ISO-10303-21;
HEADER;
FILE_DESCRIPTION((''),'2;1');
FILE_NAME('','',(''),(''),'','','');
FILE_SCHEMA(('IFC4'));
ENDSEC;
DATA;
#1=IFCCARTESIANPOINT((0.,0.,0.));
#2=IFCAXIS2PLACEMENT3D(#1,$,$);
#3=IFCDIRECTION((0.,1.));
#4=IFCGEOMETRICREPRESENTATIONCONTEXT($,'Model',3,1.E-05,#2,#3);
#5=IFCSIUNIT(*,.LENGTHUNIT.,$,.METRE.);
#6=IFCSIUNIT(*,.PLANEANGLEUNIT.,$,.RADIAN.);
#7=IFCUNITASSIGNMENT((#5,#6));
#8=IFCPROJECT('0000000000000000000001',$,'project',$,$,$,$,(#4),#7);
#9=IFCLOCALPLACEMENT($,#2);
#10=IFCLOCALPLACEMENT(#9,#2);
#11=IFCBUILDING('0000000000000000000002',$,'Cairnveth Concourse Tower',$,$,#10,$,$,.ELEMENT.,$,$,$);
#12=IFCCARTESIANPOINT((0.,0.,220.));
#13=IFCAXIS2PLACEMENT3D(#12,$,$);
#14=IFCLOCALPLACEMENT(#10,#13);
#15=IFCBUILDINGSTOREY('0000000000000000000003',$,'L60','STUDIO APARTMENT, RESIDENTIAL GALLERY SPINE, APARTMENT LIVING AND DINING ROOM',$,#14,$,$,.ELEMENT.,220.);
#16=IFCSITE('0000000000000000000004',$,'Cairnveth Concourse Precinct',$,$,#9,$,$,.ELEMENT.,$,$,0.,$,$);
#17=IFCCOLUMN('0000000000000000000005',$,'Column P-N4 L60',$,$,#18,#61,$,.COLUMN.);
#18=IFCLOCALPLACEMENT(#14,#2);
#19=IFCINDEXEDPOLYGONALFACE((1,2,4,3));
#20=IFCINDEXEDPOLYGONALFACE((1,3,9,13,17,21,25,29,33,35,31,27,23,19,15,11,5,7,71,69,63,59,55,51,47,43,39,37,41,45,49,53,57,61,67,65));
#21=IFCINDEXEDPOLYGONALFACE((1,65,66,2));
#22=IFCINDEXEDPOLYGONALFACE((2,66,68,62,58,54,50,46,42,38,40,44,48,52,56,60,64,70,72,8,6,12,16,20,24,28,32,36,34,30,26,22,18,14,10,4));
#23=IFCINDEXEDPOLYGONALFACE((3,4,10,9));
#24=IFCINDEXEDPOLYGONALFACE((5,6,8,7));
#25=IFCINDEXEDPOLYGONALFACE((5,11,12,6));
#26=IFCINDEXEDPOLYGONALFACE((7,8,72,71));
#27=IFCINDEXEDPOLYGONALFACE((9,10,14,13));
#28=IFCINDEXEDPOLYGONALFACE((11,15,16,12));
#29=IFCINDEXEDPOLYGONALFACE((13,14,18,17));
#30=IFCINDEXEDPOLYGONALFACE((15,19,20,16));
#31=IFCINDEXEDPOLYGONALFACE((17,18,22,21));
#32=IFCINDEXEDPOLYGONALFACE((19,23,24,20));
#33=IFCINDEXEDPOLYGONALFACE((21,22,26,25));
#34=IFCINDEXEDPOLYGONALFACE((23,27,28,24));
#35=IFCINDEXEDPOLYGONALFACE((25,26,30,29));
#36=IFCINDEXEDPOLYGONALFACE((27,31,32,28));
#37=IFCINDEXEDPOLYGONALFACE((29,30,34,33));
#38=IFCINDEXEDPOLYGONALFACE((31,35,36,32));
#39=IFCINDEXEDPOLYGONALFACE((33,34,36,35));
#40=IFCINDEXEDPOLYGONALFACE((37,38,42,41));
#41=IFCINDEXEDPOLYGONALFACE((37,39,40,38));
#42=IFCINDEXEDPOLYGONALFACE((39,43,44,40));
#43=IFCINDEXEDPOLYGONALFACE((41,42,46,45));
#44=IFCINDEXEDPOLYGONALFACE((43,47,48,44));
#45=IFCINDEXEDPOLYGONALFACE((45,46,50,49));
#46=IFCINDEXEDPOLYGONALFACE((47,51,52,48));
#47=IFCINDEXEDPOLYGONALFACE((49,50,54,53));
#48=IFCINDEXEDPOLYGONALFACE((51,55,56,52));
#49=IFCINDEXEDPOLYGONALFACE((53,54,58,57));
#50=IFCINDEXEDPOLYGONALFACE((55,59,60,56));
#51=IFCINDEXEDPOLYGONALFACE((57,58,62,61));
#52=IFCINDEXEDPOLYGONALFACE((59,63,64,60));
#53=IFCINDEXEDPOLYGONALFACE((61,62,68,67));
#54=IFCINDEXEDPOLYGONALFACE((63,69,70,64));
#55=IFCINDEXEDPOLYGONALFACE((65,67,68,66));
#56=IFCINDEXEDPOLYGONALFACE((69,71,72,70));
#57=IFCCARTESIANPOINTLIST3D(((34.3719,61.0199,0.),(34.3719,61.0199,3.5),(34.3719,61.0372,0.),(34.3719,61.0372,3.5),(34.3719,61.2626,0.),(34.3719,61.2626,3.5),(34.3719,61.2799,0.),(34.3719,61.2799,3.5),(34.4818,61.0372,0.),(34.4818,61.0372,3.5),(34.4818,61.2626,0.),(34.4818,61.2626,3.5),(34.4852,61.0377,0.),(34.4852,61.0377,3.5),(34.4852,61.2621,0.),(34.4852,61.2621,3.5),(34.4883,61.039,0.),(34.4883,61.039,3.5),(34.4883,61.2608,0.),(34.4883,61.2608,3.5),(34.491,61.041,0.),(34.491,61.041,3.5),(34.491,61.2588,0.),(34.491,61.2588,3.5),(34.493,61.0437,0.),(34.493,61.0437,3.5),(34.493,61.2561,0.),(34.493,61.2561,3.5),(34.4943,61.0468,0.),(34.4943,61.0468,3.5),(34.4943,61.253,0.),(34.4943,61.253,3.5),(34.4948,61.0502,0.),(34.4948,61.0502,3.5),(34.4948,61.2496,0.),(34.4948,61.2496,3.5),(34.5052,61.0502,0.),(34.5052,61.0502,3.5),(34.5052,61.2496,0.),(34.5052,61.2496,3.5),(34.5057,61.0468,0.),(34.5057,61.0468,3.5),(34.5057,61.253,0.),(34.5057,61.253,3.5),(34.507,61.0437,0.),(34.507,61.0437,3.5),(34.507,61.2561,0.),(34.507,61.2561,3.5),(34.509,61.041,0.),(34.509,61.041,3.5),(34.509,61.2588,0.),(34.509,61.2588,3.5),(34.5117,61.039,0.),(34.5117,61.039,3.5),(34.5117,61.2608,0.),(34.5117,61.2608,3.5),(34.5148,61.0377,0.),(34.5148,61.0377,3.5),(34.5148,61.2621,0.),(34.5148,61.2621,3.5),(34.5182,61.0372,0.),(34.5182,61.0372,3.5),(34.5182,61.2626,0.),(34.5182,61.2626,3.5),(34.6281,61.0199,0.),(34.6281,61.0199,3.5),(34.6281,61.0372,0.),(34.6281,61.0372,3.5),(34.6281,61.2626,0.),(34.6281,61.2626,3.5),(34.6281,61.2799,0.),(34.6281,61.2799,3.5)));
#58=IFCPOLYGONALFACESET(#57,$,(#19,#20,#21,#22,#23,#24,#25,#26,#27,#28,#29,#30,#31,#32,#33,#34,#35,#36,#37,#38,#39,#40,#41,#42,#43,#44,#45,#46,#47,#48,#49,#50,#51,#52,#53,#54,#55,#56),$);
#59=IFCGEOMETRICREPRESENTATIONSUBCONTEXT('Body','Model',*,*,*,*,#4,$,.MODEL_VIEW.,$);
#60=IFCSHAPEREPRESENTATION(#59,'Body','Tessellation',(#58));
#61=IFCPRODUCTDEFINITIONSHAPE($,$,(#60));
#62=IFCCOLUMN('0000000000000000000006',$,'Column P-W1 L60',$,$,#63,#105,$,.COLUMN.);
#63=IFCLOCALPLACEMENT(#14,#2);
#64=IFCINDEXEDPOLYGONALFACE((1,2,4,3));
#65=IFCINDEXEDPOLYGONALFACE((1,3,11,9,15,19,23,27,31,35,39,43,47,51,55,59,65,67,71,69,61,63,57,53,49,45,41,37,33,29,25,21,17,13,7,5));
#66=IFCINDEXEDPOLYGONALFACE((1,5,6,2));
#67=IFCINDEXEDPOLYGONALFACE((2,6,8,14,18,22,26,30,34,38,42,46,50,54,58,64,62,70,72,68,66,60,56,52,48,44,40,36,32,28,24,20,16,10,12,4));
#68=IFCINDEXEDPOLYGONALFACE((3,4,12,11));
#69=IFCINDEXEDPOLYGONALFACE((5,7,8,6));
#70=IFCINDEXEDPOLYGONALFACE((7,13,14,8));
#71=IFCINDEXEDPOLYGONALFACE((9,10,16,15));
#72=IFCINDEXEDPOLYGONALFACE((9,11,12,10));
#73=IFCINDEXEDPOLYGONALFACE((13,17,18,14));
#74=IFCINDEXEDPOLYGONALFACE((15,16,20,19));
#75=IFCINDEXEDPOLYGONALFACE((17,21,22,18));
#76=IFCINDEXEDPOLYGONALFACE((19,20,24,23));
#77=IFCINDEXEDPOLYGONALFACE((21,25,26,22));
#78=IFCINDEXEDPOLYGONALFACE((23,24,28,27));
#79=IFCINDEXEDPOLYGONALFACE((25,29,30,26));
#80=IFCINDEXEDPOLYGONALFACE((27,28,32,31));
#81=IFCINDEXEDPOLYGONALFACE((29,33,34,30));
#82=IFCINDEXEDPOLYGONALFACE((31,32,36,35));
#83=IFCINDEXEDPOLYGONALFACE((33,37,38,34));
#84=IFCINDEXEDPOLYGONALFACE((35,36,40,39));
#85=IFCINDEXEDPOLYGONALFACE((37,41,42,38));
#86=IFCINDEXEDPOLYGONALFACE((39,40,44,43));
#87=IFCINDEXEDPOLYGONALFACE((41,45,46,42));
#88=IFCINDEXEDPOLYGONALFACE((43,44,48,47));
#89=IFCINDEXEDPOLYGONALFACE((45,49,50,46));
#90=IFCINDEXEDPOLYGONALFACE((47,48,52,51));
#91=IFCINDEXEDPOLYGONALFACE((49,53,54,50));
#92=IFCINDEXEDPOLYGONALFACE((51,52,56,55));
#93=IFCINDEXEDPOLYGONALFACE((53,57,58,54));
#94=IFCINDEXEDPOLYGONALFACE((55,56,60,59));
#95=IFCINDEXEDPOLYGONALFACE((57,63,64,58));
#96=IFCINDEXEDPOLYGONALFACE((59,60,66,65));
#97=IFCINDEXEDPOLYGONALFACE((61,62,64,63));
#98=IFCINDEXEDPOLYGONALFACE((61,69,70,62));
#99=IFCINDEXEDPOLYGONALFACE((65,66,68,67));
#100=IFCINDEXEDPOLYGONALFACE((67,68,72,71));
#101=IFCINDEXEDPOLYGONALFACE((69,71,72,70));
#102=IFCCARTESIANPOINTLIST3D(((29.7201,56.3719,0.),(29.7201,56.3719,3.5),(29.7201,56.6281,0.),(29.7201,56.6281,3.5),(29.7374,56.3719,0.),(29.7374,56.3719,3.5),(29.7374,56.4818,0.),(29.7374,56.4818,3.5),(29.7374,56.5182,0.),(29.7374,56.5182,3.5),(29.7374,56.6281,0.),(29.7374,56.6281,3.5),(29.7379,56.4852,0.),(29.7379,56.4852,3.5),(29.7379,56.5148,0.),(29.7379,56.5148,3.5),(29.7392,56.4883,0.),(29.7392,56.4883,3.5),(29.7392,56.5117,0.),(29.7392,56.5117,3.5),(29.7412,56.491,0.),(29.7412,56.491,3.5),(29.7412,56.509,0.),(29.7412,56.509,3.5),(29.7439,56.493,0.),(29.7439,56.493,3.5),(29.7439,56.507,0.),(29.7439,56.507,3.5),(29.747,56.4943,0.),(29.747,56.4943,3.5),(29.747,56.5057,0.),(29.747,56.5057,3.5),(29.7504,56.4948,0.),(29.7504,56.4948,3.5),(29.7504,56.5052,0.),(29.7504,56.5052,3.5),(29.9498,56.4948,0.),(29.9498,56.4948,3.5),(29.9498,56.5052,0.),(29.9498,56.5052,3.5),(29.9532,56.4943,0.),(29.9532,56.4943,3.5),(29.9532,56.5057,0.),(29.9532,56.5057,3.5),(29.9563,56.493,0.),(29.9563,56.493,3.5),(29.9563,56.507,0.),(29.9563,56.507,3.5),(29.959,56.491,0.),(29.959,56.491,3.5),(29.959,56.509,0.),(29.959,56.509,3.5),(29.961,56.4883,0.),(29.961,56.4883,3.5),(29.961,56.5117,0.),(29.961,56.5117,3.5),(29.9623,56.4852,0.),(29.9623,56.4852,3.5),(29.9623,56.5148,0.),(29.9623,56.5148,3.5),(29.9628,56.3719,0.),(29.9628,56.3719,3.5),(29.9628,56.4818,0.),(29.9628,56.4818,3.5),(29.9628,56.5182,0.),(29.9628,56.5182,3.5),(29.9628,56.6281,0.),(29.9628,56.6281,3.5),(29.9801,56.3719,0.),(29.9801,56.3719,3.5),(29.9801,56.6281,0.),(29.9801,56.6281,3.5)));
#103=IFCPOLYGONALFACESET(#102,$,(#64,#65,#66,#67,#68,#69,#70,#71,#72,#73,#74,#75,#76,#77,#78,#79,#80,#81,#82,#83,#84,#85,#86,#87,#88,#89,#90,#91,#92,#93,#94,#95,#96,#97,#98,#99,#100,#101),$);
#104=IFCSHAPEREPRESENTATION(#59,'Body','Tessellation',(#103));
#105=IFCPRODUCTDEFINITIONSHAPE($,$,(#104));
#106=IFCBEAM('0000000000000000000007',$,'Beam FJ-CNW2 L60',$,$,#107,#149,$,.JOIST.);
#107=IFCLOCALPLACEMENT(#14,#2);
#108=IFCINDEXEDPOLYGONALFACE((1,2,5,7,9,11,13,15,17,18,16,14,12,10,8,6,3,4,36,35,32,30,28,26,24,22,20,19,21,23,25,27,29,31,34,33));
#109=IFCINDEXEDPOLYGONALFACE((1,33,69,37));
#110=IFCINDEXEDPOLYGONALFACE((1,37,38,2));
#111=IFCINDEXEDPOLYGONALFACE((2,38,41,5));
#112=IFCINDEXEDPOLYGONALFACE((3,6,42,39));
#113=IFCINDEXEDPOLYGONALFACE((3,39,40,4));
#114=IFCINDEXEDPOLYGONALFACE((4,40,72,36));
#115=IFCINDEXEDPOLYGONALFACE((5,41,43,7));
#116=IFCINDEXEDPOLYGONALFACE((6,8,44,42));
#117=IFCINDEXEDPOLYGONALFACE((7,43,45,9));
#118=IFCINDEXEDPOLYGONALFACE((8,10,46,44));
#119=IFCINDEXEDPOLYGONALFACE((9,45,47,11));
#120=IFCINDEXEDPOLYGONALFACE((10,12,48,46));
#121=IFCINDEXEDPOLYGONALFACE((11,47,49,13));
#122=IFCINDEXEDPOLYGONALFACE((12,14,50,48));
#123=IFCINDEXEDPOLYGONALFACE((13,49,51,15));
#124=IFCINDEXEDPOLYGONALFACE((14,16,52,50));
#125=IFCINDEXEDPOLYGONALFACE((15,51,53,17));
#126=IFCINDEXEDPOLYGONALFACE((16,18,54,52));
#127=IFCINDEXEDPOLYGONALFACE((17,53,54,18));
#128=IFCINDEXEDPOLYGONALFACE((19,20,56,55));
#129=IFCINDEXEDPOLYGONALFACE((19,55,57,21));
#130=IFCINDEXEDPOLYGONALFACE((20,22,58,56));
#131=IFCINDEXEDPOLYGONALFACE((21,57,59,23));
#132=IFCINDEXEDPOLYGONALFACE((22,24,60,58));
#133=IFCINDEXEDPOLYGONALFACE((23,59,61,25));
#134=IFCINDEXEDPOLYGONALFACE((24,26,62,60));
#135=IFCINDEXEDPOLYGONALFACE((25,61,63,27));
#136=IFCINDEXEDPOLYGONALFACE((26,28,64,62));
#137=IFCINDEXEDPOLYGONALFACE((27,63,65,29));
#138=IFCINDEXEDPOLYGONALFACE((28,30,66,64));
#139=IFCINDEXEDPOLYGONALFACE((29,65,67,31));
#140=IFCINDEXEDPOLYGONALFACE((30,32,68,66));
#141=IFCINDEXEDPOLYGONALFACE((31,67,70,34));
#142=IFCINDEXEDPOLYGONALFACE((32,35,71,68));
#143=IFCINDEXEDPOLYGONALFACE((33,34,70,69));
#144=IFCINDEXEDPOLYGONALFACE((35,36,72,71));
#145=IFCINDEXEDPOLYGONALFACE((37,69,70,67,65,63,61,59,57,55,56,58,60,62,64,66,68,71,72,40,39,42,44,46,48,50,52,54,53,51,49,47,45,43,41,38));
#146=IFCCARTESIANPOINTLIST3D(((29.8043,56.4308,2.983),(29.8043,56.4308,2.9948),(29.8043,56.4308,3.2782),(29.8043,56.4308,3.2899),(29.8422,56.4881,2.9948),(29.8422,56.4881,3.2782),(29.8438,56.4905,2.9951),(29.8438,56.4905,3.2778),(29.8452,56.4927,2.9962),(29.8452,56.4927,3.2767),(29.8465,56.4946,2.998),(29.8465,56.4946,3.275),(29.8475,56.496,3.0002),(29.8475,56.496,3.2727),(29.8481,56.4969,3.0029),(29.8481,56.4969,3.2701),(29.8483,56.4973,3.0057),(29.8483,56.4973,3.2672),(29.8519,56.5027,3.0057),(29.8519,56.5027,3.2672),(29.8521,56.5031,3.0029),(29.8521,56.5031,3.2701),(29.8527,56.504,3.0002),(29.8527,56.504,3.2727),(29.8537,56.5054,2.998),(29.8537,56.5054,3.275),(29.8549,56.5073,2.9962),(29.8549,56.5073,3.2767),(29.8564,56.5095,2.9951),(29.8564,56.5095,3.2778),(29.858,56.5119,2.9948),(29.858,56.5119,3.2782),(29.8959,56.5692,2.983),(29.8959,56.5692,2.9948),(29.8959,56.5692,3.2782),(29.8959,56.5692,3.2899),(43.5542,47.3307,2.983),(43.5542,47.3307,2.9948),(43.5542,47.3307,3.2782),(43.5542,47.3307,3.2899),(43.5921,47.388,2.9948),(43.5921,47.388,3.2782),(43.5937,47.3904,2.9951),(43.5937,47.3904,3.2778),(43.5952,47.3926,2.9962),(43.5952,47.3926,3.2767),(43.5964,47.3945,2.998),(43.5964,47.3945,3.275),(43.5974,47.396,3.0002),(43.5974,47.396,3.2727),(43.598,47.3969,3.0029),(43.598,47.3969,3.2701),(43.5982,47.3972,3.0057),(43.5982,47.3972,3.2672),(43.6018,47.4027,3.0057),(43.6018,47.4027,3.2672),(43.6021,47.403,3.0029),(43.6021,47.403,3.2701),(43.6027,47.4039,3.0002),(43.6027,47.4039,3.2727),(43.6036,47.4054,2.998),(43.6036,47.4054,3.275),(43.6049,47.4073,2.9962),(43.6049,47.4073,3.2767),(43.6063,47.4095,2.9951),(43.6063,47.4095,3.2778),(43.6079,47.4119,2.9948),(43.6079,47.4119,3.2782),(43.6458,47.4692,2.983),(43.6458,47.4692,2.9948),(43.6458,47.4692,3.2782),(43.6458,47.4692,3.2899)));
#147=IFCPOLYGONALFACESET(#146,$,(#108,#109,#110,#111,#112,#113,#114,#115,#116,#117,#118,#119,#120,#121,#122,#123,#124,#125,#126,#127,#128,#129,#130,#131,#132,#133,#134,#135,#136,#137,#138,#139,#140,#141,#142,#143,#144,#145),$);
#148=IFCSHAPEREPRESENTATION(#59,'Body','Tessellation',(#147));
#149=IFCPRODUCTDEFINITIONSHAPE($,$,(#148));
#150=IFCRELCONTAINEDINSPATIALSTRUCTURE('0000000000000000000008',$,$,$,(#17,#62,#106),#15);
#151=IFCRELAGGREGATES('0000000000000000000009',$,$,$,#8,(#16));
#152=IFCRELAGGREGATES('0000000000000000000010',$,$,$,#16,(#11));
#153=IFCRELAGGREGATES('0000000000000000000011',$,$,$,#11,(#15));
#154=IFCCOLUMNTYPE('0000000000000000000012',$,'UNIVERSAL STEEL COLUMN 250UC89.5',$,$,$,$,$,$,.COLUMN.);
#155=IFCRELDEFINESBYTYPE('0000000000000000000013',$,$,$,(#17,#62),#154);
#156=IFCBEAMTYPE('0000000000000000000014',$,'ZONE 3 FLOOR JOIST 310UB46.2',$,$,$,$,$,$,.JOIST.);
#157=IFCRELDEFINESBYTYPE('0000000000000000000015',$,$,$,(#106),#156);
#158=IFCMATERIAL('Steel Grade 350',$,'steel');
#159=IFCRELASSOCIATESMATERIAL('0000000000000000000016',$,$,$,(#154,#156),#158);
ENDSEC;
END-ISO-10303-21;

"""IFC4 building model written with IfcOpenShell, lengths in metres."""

from ifc_helpers import new_model, si_unit, direction, frame, origin, origin_2d, place, context, subcontext, project, spatial, i_section, extrude, material, material_profile, profile_set, type_object, element, save


model = new_model("IFC4")

# Units and contexts
model_context = context("Model", 3, precision=1e-05, world=origin(), true_north=direction((0.0, 1.0)))
body_context = subcontext(model_context, "Body", "Model", "MODEL_VIEW")
ifc_project = project(units=[si_unit("LENGTHUNIT", "METRE"), si_unit("PLANEANGLEUNIT", "RADIAN")], contexts=[model_context])

# Site, building, storey
site_placement = place(None, origin())
site = spatial("IfcSite", under=ifc_project, at=site_placement, Name="Cairnveth Concourse Precinct", CompositionType="ELEMENT", RefElevation=0.0)
building_placement = place(site_placement, origin())
building = spatial("IfcBuilding", under=site, at=building_placement, Name="Cairnveth Concourse Tower", CompositionType="ELEMENT")
storey_placement = place(building_placement, frame((0.0, 0.0, 220.0)))
storey = spatial("IfcBuildingStorey", under=building, at=storey_placement, Name="L60", Description="STUDIO APARTMENT, RESIDENTIAL GALLERY SPINE, APARTMENT LIVING AND DINING ROOM", CompositionType="ELEMENT", Elevation=220.0)

# Columns
ifc_material_1 = material(Name="Steel Grade 350", Category="steel")
ifc_material_profile_1 = material_profile(ifc_material_1, i_section(OverallWidth=0.2561, OverallDepth=0.26, WebThickness=0.0105, FlangeThickness=0.0173, FilletRadius=0.0129, at=origin_2d()), Name="250UC89.5")
ifc_profile_set_1 = profile_set([ifc_material_profile_1], Name="Steel Grade 350")
column_type = type_object("IfcColumnType", Name="UNIVERSAL STEEL COLUMN 250UC89.5", PredefinedType="COLUMN", material=ifc_profile_set_1)
for number, where, z_axis, x_axis, name in (
    (1, (34.5, 61.1499, 0.0), (0.0, 0.0, 1.0), (1.0, 0.0, 0.0), "Column P-N4 L60"),
    (2, (29.8501, 56.5, 0.0), (0.0, 0.0, 1.0), (0.0, 1.0, 0.0), "Column P-W1 L60"),
):
    element("IfcColumn", number, at=place(storey_placement, frame(where, z_axis=z_axis, x_axis=x_axis)), inside=storey, type_object=column_type, Name=name, PredefinedType="COLUMN", context=body_context, shape_type="SweptSolid", body=[
        extrude(i_section(OverallWidth=0.2561, OverallDepth=0.26, WebThickness=0.0105, FlangeThickness=0.0173, FilletRadius=0.0129, at=origin_2d()), origin(), (0.0, 0.0, 1.0), 3.5),
    ])

# Beam
ifc_material_profile_2 = material_profile(ifc_material_1, i_section(OverallWidth=0.166, OverallDepth=0.3069, WebThickness=0.0066, FlangeThickness=0.0117, FilletRadius=0.011, at=origin_2d()), Name="310UB46.2")
ifc_profile_set_2 = profile_set([ifc_material_profile_2], Name="Steel Grade 350")
beam_type_1 = type_object("IfcBeamType", Name="ZONE 3 FLOOR JOIST 310UB46.2", PredefinedType="JOIST", material=ifc_profile_set_2)
beam_1_placement = place(storey_placement, frame((29.8501, 56.5, 3.1365), z_axis=(0.833909, -0.551902, 0.0), x_axis=(0.551902, 0.833909, 0.0)))
element("IfcBeam", 3, at=beam_1_placement, inside=storey, type_object=beam_type_1, Name="Beam FJ-CNW2 L60", PredefinedType="JOIST", context=body_context, shape_type="SweptSolid", body=[
    extrude(i_section(OverallWidth=0.166, OverallDepth=0.3069, WebThickness=0.0066, FlangeThickness=0.0117, FilletRadius=0.011, at=origin_2d()), origin(), (0.0, 0.0, 1.0), 16.4885),
])

save(model, "model.ifc")
